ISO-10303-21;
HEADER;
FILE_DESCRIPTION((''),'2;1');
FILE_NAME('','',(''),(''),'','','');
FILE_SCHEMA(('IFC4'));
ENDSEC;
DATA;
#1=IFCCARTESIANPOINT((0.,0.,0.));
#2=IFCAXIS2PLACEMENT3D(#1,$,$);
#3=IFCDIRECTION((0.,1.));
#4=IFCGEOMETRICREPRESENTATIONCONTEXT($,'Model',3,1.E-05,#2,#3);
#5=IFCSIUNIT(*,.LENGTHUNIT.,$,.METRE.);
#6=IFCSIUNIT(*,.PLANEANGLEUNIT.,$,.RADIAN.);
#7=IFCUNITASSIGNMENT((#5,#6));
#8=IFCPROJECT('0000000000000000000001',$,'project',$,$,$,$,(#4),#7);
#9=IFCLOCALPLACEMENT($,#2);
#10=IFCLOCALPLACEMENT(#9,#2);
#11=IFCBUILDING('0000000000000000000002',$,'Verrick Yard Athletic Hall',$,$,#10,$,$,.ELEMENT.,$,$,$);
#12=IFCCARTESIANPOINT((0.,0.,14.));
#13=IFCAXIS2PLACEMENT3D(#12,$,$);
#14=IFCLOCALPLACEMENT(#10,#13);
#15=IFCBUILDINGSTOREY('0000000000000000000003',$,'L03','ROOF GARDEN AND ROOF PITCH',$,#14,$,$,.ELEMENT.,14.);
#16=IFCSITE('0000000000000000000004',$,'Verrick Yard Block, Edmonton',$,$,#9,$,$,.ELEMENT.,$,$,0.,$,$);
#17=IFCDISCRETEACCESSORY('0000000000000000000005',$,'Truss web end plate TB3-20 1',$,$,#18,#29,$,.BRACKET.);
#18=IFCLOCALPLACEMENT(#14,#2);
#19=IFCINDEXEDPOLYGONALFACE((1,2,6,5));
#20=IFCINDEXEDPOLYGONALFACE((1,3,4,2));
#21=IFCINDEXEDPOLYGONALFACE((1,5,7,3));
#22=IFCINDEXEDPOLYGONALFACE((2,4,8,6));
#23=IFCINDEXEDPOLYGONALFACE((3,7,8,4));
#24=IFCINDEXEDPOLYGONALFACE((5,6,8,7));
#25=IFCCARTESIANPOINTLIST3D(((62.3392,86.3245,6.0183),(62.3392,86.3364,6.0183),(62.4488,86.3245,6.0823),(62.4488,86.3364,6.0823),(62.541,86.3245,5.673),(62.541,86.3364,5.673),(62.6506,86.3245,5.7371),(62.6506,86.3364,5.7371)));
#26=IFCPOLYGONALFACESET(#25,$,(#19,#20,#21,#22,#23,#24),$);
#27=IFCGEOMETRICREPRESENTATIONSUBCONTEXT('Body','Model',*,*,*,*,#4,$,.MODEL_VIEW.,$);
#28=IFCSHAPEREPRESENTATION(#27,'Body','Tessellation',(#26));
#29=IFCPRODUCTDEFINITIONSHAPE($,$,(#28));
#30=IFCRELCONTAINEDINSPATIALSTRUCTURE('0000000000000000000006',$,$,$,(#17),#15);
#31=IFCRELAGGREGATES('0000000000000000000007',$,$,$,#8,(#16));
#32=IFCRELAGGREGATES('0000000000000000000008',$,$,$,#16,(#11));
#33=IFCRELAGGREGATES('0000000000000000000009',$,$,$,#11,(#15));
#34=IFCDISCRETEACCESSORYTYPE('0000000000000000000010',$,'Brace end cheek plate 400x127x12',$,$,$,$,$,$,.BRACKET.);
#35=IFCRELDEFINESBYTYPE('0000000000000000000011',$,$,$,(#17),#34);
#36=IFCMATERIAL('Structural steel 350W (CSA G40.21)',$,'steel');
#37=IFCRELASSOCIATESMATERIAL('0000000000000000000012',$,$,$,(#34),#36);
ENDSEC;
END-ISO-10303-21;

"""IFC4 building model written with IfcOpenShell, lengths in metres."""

from ifc_helpers import new_model, si_unit, direction, frame, origin, origin_2d, place, context, subcontext, project, spatial, rectangle, extrude, material, material_profile, profile_set, type_object, element, save


model = new_model("IFC4")

# Units and contexts
model_context = context("Model", 3, precision=1e-05, world=origin(), true_north=direction((0.0, 1.0)))
body_context = subcontext(model_context, "Body", "Model", "MODEL_VIEW")
ifc_project = project(units=[si_unit("LENGTHUNIT", "METRE"), si_unit("PLANEANGLEUNIT", "RADIAN")], contexts=[model_context])

# Site, building, storey
site_placement = place(None, origin())
site = spatial("IfcSite", under=ifc_project, at=site_placement, Name="Verrick Yard Block, Edmonton", CompositionType="ELEMENT", RefElevation=0.0)
building_placement = place(site_placement, origin())
building = spatial("IfcBuilding", under=site, at=building_placement, Name="Verrick Yard Athletic Hall", CompositionType="ELEMENT")
storey_placement = place(building_placement, frame((0.0, 0.0, 14.0)))
storey = spatial("IfcBuildingStorey", under=building, at=storey_placement, Name="L03", Description="ROOF GARDEN AND ROOF PITCH", CompositionType="ELEMENT", Elevation=14.0)

# Discrete accessory
ifc_material_1 = material(Name="Structural steel 350W (CSA G40.21)", Category="steel")
ifc_material_profile_1 = material_profile(ifc_material_1, rectangle(XDim=0.3999, YDim=0.127, at=origin_2d()), Name="Brace end cheek plate")
ifc_profile_set_1 = profile_set([ifc_material_profile_1], Name="Structural steel 350W (CSA G40.21)")
discrete_accessory_type = type_object("IfcDiscreteAccessoryType", Name="Brace end cheek plate 400x127x12", PredefinedType="BRACKET", material=ifc_profile_set_1)
for number, where, z_axis, x_axis, name in (
    (1, (62.4949, 86.3364, 5.8777), (0.0, -1.0, 0.0), (-0.504597, 0.0, 0.863355), "Truss web end plate TB3-20 1"),
):
    element("IfcDiscreteAccessory", number, at=place(storey_placement, frame(where, z_axis=z_axis, x_axis=x_axis)), inside=storey, type_object=discrete_accessory_type, Name=name, PredefinedType="BRACKET", context=body_context, shape_type="SweptSolid", body=[
        extrude(rectangle(XDim=0.3999, YDim=0.127, at=origin_2d()), origin(), (0.0, 0.0, 1.0), 0.012),
    ])

save(model, "model.ifc")
